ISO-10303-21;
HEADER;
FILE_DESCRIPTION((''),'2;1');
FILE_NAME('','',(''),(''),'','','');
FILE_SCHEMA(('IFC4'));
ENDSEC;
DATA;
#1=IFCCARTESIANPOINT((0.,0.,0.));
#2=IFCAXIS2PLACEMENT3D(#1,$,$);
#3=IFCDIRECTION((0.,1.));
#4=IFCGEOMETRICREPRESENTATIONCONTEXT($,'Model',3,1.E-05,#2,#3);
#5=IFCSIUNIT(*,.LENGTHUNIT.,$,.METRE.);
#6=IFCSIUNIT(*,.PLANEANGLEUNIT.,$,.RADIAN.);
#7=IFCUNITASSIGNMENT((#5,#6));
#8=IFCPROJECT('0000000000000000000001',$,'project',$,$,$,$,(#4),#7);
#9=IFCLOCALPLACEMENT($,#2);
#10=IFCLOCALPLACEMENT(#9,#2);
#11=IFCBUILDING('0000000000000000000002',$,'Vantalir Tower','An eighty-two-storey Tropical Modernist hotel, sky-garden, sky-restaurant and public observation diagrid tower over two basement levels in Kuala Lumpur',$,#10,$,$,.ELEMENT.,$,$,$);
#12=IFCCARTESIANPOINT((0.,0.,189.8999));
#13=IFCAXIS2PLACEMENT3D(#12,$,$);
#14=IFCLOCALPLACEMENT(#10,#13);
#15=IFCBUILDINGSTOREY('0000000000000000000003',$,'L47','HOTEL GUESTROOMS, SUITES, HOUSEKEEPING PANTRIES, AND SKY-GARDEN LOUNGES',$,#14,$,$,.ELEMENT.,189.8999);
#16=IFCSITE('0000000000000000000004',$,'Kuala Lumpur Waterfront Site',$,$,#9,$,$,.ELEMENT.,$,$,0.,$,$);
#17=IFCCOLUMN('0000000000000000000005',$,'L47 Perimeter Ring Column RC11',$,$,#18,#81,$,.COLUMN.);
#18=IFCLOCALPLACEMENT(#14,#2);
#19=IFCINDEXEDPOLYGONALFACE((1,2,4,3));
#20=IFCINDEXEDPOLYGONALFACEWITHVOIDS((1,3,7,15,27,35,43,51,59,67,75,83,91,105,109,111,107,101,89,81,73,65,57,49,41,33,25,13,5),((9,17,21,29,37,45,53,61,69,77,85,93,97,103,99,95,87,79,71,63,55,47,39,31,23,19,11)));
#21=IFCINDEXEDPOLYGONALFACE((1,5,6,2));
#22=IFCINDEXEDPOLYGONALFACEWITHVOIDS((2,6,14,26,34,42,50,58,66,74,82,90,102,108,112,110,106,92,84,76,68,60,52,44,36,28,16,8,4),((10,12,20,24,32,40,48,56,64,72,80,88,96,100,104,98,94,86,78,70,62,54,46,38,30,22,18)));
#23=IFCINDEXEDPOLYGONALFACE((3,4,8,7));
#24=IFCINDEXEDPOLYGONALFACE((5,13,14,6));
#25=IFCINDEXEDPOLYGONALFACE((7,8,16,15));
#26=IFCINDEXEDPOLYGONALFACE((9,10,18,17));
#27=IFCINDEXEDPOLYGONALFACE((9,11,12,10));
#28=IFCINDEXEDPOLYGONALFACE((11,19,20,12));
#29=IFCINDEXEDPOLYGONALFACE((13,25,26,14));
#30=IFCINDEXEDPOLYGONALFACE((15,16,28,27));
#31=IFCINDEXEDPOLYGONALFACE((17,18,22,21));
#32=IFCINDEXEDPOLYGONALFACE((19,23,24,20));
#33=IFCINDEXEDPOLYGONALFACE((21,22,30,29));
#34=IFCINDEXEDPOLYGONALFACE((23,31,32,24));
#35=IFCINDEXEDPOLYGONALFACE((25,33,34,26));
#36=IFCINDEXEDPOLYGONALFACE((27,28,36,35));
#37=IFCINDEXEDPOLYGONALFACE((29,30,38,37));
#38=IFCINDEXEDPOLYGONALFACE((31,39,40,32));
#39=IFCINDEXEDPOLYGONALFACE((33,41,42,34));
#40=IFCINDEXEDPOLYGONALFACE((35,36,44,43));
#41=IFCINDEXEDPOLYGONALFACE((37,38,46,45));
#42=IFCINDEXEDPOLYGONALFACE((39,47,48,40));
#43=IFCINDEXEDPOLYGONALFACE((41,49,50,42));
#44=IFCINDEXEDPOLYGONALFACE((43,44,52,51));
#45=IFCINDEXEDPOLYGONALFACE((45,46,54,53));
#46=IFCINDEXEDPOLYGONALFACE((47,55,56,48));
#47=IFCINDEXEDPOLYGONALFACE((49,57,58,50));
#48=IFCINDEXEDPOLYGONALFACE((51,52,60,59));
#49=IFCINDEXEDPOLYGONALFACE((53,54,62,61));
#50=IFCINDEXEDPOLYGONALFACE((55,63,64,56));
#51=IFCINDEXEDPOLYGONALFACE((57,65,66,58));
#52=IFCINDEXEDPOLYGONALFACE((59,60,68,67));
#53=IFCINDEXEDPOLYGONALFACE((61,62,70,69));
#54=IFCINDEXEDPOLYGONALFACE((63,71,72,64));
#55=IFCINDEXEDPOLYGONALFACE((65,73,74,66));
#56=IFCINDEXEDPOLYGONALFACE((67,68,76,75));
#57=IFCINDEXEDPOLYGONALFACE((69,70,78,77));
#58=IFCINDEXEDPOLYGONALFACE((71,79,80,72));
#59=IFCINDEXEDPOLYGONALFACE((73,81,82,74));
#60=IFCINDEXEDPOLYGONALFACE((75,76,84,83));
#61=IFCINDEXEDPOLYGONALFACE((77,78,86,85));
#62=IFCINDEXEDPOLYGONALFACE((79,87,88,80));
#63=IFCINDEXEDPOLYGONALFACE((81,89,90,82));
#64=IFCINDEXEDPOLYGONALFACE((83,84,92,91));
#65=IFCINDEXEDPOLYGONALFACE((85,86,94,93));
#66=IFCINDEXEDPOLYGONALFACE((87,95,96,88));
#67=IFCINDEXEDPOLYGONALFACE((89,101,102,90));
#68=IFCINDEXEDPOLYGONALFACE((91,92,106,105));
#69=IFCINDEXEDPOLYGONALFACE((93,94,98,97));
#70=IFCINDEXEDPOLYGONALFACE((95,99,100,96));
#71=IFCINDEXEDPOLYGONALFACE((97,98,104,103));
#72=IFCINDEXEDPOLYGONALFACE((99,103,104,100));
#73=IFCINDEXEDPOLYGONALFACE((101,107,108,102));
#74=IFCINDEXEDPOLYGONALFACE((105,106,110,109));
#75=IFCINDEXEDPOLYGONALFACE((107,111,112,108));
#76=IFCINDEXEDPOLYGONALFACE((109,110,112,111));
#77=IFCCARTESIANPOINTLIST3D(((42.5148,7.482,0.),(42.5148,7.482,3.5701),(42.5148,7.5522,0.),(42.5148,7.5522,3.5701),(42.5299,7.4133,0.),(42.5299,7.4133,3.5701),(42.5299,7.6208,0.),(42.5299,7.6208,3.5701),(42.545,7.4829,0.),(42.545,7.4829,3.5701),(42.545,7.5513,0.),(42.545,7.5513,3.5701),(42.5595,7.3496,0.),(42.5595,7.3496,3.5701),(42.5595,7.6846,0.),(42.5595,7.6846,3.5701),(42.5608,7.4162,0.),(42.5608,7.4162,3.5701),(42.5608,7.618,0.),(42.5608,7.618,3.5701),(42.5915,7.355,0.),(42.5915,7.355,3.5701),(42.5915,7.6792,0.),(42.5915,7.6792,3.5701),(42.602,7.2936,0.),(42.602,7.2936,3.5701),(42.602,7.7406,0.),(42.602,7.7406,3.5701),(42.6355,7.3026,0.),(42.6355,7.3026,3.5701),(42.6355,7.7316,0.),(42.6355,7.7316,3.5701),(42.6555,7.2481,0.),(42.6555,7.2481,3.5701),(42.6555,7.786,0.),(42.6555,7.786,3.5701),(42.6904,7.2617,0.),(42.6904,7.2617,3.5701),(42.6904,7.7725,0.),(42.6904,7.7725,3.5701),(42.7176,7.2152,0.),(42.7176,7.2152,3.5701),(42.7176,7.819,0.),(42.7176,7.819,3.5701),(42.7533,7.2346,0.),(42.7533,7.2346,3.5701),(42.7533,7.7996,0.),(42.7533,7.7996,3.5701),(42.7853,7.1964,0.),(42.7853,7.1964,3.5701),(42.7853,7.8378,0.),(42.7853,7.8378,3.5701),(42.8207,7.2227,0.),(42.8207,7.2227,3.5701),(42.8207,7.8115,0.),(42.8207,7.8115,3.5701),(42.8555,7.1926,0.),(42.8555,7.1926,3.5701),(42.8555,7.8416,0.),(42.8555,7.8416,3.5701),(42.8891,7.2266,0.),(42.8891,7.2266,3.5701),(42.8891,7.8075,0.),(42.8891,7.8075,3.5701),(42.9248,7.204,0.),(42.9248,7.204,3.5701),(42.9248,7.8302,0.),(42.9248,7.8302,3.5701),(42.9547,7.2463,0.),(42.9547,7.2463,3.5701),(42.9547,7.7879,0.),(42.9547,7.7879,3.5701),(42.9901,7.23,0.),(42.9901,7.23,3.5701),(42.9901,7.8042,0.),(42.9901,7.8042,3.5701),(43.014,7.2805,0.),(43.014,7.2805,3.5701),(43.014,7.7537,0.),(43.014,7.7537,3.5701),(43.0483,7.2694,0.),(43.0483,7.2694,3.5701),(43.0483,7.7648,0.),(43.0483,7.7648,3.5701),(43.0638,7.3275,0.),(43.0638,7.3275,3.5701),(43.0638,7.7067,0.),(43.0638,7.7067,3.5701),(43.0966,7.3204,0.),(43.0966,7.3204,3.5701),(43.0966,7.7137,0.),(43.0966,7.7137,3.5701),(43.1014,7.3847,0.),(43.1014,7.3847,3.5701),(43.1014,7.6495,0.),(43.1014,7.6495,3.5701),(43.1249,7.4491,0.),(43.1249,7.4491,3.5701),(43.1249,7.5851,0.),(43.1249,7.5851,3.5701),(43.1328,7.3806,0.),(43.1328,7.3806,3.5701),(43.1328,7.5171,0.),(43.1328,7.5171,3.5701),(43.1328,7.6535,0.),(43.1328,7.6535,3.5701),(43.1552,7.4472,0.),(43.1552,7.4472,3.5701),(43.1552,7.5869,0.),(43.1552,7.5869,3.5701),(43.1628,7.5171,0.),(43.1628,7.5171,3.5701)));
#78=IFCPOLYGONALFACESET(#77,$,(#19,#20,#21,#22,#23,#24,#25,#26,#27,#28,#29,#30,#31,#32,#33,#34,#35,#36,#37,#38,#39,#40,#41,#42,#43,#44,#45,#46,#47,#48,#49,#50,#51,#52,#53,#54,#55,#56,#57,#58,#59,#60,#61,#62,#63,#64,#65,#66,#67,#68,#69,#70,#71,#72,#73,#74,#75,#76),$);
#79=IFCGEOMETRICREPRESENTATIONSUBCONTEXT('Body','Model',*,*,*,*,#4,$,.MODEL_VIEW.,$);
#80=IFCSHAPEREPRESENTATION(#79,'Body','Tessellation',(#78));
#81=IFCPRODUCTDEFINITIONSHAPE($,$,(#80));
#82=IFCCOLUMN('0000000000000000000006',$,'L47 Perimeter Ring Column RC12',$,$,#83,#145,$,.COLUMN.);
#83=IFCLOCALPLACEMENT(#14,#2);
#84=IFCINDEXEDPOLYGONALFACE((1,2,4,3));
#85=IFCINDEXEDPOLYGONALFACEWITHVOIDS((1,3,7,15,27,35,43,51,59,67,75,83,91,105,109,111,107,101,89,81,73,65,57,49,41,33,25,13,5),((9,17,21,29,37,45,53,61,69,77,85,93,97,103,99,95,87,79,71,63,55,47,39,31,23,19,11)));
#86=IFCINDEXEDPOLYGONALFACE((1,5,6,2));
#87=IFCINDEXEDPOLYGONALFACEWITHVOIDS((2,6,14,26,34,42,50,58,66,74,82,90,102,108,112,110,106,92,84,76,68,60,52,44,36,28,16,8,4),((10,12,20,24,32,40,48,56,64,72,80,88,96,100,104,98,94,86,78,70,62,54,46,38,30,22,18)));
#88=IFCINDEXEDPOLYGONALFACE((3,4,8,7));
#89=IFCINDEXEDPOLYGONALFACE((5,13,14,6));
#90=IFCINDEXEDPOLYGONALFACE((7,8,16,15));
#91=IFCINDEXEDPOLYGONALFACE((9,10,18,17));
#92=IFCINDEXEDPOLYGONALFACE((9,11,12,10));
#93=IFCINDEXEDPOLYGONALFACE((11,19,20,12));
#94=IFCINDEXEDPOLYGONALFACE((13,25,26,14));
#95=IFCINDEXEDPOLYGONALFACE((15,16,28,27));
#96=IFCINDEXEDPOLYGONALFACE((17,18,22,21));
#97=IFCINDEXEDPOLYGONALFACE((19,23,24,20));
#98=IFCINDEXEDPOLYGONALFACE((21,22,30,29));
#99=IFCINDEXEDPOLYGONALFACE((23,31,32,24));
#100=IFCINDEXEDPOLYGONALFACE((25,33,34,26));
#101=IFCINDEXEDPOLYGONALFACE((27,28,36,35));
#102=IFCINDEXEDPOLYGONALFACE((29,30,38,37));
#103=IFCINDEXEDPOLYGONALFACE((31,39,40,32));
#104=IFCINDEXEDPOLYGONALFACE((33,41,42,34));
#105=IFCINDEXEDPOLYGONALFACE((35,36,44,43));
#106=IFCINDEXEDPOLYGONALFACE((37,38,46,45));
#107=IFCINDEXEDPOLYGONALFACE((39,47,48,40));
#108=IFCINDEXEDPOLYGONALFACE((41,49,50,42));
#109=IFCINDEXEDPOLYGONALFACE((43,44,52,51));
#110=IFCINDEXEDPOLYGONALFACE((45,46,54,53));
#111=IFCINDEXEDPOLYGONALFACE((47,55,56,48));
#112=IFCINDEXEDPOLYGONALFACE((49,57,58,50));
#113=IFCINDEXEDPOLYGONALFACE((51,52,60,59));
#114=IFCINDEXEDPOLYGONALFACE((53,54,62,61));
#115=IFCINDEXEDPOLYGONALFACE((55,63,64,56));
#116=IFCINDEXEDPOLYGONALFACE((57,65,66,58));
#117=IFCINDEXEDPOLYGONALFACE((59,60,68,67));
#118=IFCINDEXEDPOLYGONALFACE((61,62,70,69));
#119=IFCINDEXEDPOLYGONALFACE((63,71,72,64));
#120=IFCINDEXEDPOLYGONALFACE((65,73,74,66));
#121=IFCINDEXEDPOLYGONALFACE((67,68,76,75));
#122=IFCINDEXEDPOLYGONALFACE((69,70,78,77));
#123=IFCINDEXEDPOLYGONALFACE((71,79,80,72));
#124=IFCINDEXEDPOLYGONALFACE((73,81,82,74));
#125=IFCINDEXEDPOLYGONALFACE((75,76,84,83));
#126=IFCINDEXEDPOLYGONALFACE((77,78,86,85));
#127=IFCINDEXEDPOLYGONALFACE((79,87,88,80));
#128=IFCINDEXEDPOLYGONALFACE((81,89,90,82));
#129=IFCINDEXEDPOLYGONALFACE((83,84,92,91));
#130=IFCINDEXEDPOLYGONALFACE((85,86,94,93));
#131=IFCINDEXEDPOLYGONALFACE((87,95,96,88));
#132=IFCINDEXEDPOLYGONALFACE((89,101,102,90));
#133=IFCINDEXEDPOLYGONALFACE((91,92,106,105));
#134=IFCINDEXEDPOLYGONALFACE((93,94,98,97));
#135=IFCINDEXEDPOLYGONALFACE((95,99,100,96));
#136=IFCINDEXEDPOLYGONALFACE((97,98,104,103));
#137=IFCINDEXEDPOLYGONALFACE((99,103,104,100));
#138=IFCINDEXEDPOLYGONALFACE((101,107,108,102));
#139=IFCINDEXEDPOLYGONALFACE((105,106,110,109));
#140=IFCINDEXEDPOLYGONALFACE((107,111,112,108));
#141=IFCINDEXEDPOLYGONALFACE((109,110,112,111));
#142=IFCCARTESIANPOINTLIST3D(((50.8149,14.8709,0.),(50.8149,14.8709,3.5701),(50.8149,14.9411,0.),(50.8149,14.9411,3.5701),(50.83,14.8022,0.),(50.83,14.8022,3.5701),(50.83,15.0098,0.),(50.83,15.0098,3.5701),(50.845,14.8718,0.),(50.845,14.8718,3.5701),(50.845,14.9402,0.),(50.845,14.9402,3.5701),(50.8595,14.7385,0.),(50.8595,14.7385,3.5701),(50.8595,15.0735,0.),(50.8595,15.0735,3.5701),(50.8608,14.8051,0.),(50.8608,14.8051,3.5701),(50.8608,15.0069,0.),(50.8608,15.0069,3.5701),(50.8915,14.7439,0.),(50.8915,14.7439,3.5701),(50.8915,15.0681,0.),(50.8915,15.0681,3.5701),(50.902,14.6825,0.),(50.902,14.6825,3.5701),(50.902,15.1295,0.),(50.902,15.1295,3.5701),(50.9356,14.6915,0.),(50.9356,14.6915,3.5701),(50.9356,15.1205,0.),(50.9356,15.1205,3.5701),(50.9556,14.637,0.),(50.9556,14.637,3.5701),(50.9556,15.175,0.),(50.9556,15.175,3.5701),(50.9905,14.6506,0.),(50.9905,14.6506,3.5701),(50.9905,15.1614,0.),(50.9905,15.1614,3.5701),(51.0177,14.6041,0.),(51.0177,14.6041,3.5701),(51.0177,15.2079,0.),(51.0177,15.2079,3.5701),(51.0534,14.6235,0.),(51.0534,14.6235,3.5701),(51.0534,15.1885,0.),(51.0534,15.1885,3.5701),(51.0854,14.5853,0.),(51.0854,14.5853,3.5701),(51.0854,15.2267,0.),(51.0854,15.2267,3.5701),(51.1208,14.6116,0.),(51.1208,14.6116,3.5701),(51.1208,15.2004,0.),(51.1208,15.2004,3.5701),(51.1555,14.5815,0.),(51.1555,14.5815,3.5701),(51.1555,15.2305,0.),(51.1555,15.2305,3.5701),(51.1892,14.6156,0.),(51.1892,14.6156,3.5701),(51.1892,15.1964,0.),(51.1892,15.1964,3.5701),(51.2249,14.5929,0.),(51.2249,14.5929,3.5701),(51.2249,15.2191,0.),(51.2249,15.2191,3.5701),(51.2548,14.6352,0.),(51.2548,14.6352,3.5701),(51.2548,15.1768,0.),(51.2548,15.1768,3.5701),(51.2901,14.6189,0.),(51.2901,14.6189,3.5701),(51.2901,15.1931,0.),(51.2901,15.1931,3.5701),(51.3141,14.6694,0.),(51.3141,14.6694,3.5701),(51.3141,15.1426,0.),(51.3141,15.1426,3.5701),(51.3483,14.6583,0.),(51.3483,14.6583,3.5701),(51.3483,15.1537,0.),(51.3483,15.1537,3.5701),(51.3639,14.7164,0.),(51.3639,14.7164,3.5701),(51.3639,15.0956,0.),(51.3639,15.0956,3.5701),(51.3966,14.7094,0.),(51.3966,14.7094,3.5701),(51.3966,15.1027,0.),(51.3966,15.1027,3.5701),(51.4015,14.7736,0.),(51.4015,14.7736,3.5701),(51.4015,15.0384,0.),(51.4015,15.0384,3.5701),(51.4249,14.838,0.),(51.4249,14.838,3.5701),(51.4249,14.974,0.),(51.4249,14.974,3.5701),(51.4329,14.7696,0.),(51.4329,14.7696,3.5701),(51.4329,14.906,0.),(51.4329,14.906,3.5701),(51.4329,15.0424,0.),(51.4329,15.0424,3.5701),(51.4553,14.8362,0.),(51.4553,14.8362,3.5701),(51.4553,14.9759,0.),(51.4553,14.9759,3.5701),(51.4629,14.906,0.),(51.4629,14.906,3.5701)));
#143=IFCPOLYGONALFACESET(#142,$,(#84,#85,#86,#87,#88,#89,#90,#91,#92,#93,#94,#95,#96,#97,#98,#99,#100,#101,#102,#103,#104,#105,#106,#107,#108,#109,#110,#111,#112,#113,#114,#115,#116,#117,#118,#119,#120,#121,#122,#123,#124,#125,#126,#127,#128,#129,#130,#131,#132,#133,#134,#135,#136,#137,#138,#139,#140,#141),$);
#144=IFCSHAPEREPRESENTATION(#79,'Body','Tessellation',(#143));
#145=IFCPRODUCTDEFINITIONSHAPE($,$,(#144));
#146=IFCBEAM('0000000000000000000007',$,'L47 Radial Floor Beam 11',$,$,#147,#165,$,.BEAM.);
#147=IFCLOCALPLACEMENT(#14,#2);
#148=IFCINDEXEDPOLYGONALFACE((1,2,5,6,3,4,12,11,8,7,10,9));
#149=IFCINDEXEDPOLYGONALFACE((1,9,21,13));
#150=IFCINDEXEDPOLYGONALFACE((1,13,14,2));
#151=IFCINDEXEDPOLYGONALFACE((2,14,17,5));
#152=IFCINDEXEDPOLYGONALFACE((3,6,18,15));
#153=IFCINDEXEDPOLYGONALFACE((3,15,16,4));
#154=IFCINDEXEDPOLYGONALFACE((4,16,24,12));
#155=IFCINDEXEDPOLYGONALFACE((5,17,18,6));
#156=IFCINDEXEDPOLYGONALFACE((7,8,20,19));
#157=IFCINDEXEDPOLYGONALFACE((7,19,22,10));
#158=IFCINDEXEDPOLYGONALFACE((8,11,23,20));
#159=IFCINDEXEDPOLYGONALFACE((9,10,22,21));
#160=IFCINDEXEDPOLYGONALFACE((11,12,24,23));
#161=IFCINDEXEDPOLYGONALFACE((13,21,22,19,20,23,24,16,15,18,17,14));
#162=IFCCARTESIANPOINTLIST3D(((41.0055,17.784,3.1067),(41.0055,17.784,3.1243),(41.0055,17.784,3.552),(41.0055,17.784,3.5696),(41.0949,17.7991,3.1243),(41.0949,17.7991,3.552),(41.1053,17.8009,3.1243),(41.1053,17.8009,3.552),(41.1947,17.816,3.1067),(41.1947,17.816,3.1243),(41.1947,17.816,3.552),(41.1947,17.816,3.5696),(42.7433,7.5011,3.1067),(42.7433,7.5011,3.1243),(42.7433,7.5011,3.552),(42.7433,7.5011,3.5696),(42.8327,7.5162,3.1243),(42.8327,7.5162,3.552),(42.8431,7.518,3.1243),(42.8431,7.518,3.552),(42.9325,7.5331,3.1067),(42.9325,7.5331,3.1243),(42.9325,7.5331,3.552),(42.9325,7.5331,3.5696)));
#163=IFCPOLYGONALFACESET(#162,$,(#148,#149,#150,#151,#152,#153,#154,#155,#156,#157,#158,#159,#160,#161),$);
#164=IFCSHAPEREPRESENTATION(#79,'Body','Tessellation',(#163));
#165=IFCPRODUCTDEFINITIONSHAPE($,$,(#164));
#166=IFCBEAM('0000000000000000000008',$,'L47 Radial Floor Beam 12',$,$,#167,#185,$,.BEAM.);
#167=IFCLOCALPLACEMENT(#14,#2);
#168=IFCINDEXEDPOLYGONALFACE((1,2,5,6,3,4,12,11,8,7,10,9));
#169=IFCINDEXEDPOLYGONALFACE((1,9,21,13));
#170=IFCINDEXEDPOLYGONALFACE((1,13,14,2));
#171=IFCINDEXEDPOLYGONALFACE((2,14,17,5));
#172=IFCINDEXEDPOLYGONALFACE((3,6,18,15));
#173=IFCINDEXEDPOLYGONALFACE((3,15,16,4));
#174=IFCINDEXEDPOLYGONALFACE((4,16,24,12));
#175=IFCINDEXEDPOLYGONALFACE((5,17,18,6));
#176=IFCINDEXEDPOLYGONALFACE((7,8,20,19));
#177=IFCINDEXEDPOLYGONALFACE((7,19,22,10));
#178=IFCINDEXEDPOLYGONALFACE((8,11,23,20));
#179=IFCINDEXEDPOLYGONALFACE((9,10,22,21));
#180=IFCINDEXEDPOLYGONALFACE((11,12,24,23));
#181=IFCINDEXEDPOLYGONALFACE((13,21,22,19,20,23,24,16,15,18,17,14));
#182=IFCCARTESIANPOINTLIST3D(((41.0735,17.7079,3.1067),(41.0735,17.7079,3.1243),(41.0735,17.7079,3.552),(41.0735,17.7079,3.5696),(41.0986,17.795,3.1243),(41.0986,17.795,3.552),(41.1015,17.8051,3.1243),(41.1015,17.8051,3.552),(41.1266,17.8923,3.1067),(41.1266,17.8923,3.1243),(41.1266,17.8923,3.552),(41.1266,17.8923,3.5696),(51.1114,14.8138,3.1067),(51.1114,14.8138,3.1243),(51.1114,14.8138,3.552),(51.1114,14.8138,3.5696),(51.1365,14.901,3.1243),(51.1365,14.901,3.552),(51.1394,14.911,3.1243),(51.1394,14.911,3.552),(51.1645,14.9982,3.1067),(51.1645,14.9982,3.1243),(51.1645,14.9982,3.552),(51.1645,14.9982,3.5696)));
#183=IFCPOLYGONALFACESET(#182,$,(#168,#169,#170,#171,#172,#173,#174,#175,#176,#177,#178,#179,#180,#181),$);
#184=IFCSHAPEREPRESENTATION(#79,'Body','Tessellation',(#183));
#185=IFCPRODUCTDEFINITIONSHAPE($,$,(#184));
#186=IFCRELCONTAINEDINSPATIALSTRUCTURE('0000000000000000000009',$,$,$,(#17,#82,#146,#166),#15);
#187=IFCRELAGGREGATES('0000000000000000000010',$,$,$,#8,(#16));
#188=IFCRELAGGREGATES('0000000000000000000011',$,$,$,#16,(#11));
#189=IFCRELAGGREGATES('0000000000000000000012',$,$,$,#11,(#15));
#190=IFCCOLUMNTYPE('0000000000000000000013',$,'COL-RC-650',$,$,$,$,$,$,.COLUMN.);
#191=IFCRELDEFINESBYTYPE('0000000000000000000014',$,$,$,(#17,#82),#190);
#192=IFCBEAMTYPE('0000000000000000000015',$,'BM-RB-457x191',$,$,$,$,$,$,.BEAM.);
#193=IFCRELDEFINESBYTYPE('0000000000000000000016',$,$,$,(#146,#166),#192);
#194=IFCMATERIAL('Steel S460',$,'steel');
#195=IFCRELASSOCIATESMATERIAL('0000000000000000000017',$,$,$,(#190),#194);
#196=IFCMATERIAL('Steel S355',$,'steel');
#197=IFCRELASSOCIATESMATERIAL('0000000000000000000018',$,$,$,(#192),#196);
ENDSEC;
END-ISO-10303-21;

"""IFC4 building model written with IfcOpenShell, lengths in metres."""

from ifc_helpers import new_model, si_unit, direction, frame, origin, origin_2d, place, context, subcontext, project, spatial, hollow_circle, i_section, extrude, material, material_profile, profile_set, type_object, element, save


model = new_model("IFC4")

# Units and contexts
model_context = context("Model", 3, precision=1e-05, world=origin(), true_north=direction((0.0, 1.0)))
body_context = subcontext(model_context, "Body", "Model", "MODEL_VIEW")
ifc_project = project(units=[si_unit("LENGTHUNIT", "METRE"), si_unit("PLANEANGLEUNIT", "RADIAN")], contexts=[model_context])

# Site, building, storey
site_placement = place(None, origin())
site = spatial("IfcSite", under=ifc_project, at=site_placement, Name="Kuala Lumpur Waterfront Site", CompositionType="ELEMENT", RefElevation=0.0)
building_placement = place(site_placement, origin())
building = spatial("IfcBuilding", under=site, at=building_placement, Name="Vantalir Tower", Description="An eighty-two-storey Tropical Modernist hotel, sky-garden, sky-restaurant and public observation diagrid tower over two basement levels in Kuala Lumpur", CompositionType="ELEMENT")
storey_placement = place(building_placement, frame((0.0, 0.0, 189.8999)))
storey = spatial("IfcBuildingStorey", under=building, at=storey_placement, Name="L47", Description="HOTEL GUESTROOMS, SUITES, HOUSEKEEPING PANTRIES, AND SKY-GARDEN LOUNGES", CompositionType="ELEMENT", Elevation=189.8999)

# Columns
ifc_material_1 = material(Name="Steel S460", Category="steel")
ifc_material_profile_1 = material_profile(ifc_material_1, hollow_circle(Radius=0.325, WallThickness=0.03, at=origin_2d()), Name="Steel S460")
ifc_profile_set_1 = profile_set([ifc_material_profile_1], Name="Steel S460")
column_type = type_object("IfcColumnType", Name="COL-RC-650", PredefinedType="COLUMN", material=ifc_profile_set_1)
for number, where, z_axis, x_axis, name in (
    (1, (42.8379, 7.5171, 0.0), (0.0, 0.0, 1.0), (1.0, 0.0, 0.0), "L47 Perimeter Ring Column RC11"),
    (2, (51.1379, 14.906, 0.0), (0.0, 0.0, 1.0), (1.0, 0.0, 0.0), "L47 Perimeter Ring Column RC12"),
):
    element("IfcColumn", number, at=place(storey_placement, frame(where, z_axis=z_axis, x_axis=x_axis)), inside=storey, type_object=column_type, Name=name, PredefinedType="COLUMN", context=body_context, shape_type="SweptSolid", body=[
        extrude(hollow_circle(Radius=0.325, WallThickness=0.03, at=origin_2d()), origin(), (0.0, 0.0, 1.0), 3.5701),
    ])

# Beams
ifc_material_2 = material(Name="Steel S355", Category="steel")
ifc_material_profile_2 = material_profile(ifc_material_2, i_section(OverallWidth=0.1919, OverallDepth=0.4629, WebThickness=0.0105, FlangeThickness=0.0176, at=origin_2d()), Name="Steel S355")
ifc_profile_set_2 = profile_set([ifc_material_profile_2], Name="Steel S355")
beam_type_1 = type_object("IfcBeamType", Name="BM-RB-457x191", PredefinedType="BEAM", material=ifc_profile_set_2)
beam_1_placement = place(storey_placement, frame((42.8379, 7.5171, 3.3381), z_axis=(-0.166635, 0.986019, 0.0), x_axis=(-0.986019, -0.166635, 0.0)))
element("IfcBeam", 3, at=beam_1_placement, inside=storey, type_object=beam_type_1, Name="L47 Radial Floor Beam 11", PredefinedType="BEAM", context=body_context, shape_type="SweptSolid", body=[
    extrude(i_section(OverallWidth=0.1919, OverallDepth=0.4629, WebThickness=0.0105, FlangeThickness=0.0176, at=origin_2d()), origin(), (0.0, 0.0, 1.0), 10.4287),
])
beam_2_placement = place(storey_placement, frame((51.1379, 14.906, 3.3381), z_axis=(-0.960862, 0.277029, 0.0), x_axis=(-0.277029, -0.960862, 0.0)))
element("IfcBeam", 4, at=beam_2_placement, inside=storey, type_object=beam_type_1, Name="L47 Radial Floor Beam 12", PredefinedType="BEAM", context=body_context, shape_type="SweptSolid", body=[
    extrude(i_section(OverallWidth=0.1919, OverallDepth=0.4629, WebThickness=0.0105, FlangeThickness=0.0176, at=origin_2d()), origin(), (0.0, 0.0, 1.0), 10.4468),
])

save(model, "model.ifc")
